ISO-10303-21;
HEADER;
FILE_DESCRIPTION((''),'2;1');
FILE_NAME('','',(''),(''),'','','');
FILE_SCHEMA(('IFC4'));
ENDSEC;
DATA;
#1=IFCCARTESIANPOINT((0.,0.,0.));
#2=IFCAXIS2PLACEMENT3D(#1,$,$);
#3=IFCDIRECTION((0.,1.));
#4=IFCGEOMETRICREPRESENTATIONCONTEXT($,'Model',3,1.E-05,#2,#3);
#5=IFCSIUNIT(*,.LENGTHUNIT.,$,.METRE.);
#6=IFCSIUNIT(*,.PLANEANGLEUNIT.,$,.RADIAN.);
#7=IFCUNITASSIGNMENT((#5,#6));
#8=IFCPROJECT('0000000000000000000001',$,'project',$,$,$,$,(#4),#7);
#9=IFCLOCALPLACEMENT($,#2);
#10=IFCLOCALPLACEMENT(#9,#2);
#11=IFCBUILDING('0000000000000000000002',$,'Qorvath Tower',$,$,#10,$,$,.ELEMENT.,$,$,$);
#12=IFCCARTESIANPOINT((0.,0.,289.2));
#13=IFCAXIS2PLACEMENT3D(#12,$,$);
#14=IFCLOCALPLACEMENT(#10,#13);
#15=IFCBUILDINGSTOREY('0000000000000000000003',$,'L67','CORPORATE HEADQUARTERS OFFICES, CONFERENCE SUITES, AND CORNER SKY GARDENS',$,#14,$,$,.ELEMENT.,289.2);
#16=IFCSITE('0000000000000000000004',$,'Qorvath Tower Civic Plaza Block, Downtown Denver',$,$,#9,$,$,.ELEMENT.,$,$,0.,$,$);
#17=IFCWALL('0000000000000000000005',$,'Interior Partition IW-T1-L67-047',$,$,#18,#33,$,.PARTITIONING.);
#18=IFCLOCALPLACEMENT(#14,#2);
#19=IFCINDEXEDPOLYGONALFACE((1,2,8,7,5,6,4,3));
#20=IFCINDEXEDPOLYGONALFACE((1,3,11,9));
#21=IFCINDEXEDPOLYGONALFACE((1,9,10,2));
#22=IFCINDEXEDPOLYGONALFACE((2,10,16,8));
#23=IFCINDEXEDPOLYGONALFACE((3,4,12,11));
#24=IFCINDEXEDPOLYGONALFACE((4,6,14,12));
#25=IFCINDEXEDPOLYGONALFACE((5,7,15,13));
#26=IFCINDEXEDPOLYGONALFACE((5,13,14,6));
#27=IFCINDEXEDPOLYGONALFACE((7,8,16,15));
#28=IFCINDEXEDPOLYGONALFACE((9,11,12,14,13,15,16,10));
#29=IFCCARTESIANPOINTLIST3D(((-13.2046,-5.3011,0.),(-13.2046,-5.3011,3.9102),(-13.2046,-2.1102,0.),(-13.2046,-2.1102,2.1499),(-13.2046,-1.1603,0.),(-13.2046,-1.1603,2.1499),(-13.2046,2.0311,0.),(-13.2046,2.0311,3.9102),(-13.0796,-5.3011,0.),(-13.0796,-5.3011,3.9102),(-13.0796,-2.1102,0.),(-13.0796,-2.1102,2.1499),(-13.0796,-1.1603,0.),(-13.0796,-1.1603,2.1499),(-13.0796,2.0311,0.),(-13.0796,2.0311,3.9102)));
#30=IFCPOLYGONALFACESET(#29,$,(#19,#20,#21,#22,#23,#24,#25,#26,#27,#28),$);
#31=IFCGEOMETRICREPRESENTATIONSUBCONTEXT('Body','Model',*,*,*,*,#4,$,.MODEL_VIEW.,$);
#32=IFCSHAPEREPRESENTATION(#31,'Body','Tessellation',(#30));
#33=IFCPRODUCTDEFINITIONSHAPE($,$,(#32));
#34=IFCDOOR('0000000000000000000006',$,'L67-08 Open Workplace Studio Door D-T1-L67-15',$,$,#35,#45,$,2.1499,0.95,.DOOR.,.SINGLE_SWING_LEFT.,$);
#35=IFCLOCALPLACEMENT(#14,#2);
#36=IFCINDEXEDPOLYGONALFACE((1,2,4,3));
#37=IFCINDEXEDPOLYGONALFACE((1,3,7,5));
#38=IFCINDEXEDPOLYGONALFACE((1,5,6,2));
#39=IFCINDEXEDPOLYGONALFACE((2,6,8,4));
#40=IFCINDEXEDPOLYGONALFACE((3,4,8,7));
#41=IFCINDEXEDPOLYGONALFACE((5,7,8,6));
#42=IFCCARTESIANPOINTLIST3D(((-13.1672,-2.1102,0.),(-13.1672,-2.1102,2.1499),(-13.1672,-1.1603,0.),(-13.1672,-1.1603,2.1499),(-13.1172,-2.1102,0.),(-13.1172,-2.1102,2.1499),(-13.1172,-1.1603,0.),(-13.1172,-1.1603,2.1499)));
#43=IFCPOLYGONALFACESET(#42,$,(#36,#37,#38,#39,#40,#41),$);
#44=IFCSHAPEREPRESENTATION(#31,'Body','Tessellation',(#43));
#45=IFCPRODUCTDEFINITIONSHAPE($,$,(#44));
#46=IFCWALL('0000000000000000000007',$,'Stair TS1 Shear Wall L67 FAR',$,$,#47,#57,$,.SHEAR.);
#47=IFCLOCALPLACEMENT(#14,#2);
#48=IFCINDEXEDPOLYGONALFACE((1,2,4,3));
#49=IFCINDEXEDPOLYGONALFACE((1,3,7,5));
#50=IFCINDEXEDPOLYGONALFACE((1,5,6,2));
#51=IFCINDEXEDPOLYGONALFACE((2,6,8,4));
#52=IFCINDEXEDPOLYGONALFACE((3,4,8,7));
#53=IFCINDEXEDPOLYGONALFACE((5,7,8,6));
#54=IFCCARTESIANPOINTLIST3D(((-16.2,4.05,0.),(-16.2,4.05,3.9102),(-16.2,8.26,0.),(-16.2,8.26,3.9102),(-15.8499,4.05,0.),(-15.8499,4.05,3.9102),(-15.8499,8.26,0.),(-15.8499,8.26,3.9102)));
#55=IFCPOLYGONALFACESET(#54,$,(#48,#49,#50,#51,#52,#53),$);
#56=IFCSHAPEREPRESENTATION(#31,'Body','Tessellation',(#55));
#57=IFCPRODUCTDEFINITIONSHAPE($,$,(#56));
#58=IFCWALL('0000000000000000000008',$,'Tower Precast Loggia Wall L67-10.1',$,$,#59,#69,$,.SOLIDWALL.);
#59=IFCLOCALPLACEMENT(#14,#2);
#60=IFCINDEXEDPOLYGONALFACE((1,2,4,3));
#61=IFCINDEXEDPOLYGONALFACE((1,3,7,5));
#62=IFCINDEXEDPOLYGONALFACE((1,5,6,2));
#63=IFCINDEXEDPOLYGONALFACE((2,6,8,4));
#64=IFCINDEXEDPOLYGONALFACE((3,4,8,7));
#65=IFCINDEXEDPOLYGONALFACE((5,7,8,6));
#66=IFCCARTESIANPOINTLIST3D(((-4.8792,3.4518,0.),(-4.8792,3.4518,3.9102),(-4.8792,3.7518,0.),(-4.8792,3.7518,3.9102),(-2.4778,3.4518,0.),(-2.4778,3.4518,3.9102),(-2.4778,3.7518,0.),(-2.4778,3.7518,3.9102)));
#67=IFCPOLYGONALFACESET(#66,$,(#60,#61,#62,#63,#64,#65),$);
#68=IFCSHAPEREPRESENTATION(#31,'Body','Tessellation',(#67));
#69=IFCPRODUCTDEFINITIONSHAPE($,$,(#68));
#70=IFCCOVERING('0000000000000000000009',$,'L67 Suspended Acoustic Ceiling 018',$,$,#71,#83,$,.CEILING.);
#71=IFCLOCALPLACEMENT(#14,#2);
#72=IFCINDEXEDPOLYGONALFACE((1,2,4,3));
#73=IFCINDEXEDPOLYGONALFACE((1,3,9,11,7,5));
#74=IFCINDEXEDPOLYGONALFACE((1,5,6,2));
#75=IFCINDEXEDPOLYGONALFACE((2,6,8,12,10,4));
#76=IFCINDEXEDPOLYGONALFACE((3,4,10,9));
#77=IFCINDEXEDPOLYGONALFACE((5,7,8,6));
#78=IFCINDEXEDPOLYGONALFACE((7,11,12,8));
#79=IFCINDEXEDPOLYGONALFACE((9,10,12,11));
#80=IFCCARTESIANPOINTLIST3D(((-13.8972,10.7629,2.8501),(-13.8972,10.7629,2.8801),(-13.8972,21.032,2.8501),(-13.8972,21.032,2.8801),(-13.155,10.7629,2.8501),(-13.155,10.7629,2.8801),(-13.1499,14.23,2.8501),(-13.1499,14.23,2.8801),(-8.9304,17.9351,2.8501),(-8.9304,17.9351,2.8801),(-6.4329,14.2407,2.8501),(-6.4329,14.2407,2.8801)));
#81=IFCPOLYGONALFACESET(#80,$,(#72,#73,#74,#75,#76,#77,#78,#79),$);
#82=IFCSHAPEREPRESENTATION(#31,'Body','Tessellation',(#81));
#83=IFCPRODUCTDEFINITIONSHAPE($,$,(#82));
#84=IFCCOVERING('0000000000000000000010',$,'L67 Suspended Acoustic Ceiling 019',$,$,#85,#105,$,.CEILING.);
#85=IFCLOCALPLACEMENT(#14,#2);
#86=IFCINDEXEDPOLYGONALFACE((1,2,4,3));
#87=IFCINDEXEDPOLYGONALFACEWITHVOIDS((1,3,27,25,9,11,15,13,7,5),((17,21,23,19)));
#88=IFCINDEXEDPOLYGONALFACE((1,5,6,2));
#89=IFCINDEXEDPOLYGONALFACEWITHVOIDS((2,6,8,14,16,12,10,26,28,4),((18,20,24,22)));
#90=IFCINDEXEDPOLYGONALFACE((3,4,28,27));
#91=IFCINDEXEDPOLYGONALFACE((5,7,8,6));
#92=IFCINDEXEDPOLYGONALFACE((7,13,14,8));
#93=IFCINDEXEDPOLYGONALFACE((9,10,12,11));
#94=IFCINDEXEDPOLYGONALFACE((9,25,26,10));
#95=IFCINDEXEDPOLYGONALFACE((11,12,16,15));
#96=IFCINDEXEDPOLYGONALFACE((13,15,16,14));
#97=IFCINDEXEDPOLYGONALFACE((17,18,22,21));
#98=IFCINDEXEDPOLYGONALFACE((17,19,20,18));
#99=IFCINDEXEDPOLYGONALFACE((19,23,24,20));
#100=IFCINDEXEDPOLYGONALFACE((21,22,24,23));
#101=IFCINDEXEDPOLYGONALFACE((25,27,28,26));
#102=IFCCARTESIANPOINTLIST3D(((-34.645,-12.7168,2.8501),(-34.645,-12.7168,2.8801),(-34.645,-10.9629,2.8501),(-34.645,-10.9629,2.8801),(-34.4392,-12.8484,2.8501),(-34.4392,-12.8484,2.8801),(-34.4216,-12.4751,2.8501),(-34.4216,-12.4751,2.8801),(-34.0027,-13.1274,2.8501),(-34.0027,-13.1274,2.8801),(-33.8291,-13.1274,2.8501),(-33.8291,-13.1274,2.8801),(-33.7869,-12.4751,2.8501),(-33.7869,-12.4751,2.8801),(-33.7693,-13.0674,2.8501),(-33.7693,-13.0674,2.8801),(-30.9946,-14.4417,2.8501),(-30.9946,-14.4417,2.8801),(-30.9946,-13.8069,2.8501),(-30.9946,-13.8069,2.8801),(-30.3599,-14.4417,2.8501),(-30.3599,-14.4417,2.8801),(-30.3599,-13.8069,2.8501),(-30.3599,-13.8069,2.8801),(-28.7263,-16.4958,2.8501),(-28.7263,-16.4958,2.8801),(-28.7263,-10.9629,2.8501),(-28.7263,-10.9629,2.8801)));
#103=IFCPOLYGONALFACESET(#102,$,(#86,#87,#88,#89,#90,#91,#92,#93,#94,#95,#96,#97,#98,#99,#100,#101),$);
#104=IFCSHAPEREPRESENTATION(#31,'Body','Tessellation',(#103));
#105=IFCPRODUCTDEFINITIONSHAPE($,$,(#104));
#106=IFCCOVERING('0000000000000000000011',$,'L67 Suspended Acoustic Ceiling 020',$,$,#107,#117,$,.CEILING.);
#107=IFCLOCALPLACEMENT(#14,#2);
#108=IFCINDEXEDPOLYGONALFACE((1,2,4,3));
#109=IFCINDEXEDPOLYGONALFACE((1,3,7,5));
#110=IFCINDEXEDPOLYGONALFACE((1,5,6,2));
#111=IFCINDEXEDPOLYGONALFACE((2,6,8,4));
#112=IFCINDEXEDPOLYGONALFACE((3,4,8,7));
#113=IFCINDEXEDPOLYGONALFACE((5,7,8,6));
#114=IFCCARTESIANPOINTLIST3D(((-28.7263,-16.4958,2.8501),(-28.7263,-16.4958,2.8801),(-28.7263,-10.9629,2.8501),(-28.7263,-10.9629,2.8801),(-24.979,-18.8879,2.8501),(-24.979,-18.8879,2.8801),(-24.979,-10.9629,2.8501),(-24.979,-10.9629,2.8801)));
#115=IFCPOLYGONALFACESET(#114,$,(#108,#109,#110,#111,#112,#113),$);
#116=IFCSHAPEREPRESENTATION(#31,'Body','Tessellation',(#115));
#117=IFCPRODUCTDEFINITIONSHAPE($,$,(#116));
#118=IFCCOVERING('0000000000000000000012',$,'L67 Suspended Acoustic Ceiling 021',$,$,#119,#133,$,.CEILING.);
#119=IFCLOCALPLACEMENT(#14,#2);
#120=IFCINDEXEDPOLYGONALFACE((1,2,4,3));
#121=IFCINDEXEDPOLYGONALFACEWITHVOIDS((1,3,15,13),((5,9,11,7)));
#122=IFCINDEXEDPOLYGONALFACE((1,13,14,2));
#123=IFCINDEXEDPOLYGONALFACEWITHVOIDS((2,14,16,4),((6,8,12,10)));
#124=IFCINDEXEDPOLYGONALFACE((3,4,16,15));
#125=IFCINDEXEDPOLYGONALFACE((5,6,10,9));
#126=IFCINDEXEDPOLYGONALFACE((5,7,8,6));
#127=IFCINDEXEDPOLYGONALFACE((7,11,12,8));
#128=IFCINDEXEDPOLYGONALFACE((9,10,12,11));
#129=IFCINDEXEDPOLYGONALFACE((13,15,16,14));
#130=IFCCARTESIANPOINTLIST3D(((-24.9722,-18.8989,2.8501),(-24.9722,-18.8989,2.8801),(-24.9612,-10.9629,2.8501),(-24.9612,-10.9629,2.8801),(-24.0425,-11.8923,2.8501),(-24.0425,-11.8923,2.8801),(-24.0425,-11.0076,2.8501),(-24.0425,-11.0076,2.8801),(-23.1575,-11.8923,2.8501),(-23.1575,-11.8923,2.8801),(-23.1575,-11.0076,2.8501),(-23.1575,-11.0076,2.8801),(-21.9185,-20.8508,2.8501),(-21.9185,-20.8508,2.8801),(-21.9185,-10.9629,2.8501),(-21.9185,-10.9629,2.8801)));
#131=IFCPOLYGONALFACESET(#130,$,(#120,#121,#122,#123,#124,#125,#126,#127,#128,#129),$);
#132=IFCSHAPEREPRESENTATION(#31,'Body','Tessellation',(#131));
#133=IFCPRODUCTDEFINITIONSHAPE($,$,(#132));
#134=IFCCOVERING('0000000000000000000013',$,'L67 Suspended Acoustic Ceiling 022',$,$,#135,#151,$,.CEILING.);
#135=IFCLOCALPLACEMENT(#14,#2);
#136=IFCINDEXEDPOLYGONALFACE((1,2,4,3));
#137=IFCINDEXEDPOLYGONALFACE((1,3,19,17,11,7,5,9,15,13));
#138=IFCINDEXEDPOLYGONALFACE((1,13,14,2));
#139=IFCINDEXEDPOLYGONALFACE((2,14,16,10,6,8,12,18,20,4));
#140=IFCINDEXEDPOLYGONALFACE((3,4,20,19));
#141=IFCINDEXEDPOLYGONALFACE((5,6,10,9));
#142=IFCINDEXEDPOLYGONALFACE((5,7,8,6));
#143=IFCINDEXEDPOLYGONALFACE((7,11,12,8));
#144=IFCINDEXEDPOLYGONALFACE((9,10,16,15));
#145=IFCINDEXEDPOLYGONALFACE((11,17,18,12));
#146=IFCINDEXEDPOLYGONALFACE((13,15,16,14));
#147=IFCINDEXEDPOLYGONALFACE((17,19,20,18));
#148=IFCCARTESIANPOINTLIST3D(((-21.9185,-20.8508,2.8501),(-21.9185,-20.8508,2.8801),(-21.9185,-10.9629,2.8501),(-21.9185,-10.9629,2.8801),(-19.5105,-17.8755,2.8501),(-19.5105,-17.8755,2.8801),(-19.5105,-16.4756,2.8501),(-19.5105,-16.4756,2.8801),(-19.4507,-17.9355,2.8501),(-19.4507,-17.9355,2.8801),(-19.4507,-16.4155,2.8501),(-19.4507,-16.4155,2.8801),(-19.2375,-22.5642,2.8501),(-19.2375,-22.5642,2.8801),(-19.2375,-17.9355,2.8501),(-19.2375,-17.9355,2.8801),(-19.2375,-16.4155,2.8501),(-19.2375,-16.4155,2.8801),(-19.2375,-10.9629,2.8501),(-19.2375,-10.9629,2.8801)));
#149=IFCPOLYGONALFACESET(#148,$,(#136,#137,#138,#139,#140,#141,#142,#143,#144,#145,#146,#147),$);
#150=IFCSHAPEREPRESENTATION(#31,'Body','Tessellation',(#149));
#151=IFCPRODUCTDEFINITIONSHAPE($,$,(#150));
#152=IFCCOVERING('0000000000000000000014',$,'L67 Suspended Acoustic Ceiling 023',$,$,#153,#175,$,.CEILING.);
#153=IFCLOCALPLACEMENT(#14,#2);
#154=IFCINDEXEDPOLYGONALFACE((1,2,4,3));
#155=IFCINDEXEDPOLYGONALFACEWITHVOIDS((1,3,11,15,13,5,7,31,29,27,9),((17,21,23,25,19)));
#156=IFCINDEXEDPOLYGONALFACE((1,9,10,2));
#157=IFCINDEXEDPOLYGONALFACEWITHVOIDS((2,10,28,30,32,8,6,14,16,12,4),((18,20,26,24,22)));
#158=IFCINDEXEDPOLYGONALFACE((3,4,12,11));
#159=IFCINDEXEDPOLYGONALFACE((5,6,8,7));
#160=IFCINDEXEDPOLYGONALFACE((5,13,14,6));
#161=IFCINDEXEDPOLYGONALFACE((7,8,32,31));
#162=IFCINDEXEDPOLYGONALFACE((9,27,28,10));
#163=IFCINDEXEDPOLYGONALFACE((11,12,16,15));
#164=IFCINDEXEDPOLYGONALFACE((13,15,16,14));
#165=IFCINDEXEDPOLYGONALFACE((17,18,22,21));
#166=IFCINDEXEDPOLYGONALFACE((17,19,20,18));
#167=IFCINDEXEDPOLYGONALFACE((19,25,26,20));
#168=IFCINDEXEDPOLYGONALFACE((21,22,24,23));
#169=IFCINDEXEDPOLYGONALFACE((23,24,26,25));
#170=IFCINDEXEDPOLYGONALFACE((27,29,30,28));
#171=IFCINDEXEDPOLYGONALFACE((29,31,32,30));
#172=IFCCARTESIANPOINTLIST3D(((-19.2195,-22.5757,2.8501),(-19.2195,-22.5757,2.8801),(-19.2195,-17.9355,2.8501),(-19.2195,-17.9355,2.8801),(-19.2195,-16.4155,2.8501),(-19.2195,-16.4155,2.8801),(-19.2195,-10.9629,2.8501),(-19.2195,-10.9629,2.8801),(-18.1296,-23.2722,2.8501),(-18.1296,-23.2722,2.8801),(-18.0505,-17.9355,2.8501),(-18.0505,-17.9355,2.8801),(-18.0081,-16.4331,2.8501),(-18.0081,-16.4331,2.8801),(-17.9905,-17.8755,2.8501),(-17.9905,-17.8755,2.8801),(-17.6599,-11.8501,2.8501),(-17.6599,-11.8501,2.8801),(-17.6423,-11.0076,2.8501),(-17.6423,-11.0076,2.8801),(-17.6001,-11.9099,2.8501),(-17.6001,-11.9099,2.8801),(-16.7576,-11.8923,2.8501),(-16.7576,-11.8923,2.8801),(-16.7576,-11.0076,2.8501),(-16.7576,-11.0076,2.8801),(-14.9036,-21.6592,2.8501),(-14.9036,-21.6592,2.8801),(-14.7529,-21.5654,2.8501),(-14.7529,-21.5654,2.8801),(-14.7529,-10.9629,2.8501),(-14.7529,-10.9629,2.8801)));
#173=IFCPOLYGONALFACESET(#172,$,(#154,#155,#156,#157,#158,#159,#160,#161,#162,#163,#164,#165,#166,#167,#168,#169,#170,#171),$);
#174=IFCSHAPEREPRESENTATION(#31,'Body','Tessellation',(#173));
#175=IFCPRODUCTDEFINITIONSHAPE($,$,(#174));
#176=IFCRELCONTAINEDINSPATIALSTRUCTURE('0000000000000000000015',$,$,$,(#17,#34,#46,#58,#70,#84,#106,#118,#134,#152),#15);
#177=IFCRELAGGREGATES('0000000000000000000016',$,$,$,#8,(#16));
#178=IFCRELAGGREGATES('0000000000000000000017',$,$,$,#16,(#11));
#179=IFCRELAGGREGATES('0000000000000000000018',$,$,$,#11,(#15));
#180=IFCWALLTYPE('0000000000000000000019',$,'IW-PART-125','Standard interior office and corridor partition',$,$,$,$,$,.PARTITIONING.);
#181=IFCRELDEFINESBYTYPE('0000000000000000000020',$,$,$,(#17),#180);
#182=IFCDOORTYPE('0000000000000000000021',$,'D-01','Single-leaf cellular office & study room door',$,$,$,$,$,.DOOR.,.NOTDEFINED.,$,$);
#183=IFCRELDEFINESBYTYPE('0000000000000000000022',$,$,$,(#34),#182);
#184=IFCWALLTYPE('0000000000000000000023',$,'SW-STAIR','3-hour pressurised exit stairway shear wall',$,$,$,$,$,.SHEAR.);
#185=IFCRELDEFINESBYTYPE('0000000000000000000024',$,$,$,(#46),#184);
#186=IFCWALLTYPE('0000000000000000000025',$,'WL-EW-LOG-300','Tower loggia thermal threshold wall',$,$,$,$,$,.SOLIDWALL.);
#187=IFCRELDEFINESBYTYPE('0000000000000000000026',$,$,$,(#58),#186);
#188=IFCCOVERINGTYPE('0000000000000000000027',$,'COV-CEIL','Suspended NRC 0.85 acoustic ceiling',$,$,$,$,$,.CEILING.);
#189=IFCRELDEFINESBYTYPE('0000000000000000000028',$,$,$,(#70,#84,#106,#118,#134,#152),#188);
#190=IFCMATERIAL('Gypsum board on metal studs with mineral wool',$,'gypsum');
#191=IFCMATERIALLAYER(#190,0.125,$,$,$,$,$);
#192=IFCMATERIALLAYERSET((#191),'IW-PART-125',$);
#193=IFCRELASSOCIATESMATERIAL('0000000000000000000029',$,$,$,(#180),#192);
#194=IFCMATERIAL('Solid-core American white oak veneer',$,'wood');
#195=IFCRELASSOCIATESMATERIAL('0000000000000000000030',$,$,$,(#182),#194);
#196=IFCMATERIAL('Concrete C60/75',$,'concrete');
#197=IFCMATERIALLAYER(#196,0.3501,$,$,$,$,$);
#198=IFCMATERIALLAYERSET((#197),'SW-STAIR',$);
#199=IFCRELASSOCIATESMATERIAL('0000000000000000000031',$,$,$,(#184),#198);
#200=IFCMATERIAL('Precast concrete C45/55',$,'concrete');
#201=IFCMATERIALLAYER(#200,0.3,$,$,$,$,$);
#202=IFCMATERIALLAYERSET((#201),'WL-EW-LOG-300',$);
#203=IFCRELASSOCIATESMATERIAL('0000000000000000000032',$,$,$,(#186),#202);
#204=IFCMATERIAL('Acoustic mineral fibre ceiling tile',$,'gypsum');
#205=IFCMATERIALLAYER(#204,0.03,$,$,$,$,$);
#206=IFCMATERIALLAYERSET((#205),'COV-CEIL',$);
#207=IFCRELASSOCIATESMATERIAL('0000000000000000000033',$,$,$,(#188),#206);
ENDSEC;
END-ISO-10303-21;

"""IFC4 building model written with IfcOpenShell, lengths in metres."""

from ifc_helpers import new_model, si_unit, direction, frame, frame_2d, origin, place, context, subcontext, project, spatial, polyline, rectangle, outline, extrude, material, layer, layer_set, type_object, element, fill, save


model = new_model("IFC4")

# Units and contexts
model_context = context("Model", 3, precision=1e-05, world=origin(), true_north=direction((0.0, 1.0)))
body_context = subcontext(model_context, "Body", "Model", "MODEL_VIEW")
ifc_project = project(units=[si_unit("LENGTHUNIT", "METRE"), si_unit("PLANEANGLEUNIT", "RADIAN")], contexts=[model_context])

# Site, building, storey
site_placement = place(None, origin())
site = spatial("IfcSite", under=ifc_project, at=site_placement, Name="Qorvath Tower Civic Plaza Block, Downtown Denver", CompositionType="ELEMENT", RefElevation=0.0)
building_placement = place(site_placement, origin())
building = spatial("IfcBuilding", under=site, at=building_placement, Name="Qorvath Tower", CompositionType="ELEMENT")
storey_placement = place(building_placement, frame((0.0, 0.0, 289.2)))
storey = spatial("IfcBuildingStorey", under=building, at=storey_placement, Name="L67", Description="CORPORATE HEADQUARTERS OFFICES, CONFERENCE SUITES, AND CORNER SKY GARDENS", CompositionType="ELEMENT", Elevation=289.2)

# Shared definitions
ifc_material_1 = material(Name="Gypsum board on metal studs with mineral wool", Category="gypsum")
ifc_layer_1 = layer(ifc_material_1, 0.125)
ifc_layer_set_1 = layer_set([ifc_layer_1], Name="IW-PART-125")
wall_type_1 = type_object("IfcWallType", Name="IW-PART-125", Description="Standard interior office and corridor partition", PredefinedType="PARTITIONING", material=ifc_layer_set_1)

# Wall, opening, door
wall_1_placement = place(storey_placement, frame((-13.1421, 2.031, 0.0), z_axis=(0.0, 0.0, 1.0), x_axis=(0.0, -1.0, 0.0)))
wall_1 = element("IfcWall", 1, at=wall_1_placement, inside=storey, type_object=wall_type_1, Name="Interior Partition IW-T1-L67-047", PredefinedType="PARTITIONING", context=body_context, shape_type="SweptSolid", body=[
    extrude(rectangle(XDim=7.3323, YDim=0.125, at=frame_2d((3.666, 0.0))), origin(), (0.0, 0.0, 1.0), 3.9102),
])
opening_placement = place(wall_1_placement, frame((3.1912, 0.0, 0.0)))
opening = element("IfcOpeningElement", 2, at=opening_placement, cuts=wall_1, PredefinedType="OPENING", context=body_context, shape_type="SweptSolid", body=[
    extrude(rectangle(XDim=0.95, YDim=2.1499, at=frame_2d((0.4751, 1.075))), frame((0.0, 0.0725, 0.0), z_axis=(0.0, -1.0, 0.0), x_axis=(1.0, 0.0, 0.0)), (0.0, 0.0, 1.0), 0.145),
])
ifc_material_2 = material(Name="Solid-core American white oak veneer", Category="wood")
door_type = type_object("IfcDoorType", Name="D-01", Description="Single-leaf cellular office & study room door", OperationType="NOTDEFINED", PredefinedType="DOOR", material=ifc_material_2)
door_placement = place(opening_placement, origin())
door = element("IfcDoor", 3, at=door_placement, inside=storey, type_object=door_type, Name="L67-08 Open Workplace Studio Door D-T1-L67-15", OperationType="SINGLE_SWING_LEFT", OverallHeight=2.1499, OverallWidth=0.95, PredefinedType="DOOR", context=body_context, shape_type="SweptSolid", body=[
    extrude(rectangle(XDim=0.95, YDim=2.1499, at=frame_2d((0.4751, 1.075))), frame((0.0, 0.0249, 0.0), z_axis=(0.0, -1.0, 0.0), x_axis=(1.0, 0.0, 0.0)), (0.0, 0.0, 1.0), 0.05),
])
fill(opening, door)

# Walls
ifc_material_3 = material(Name="Concrete C60/75", Category="concrete")
ifc_layer_2 = layer(ifc_material_3, 0.3501)
ifc_layer_set_2 = layer_set([ifc_layer_2], Name="SW-STAIR")
wall_type_2 = type_object("IfcWallType", Name="SW-STAIR", Description="3-hour pressurised exit stairway shear wall", PredefinedType="SHEAR", material=ifc_layer_set_2)
wall_2_placement = place(storey_placement, frame((-16.0249, 4.05, 0.0), z_axis=(0.0, 0.0, 1.0), x_axis=(0.0, 1.0, 0.0)))
element("IfcWall", 4, at=wall_2_placement, inside=storey, type_object=wall_type_2, Name="Stair TS1 Shear Wall L67 FAR", PredefinedType="SHEAR", context=body_context, shape_type="SweptSolid", body=[
    extrude(rectangle(XDim=4.21, YDim=0.3501, at=frame_2d((2.105, 0.0))), origin(), (0.0, 0.0, 1.0), 3.9102),
])
ifc_material_4 = material(Name="Precast concrete C45/55", Category="concrete")
ifc_layer_3 = layer(ifc_material_4, 0.3)
ifc_layer_set_3 = layer_set([ifc_layer_3], Name="WL-EW-LOG-300")
wall_type_3 = type_object("IfcWallType", Name="WL-EW-LOG-300", Description="Tower loggia thermal threshold wall", PredefinedType="SOLIDWALL", material=ifc_layer_set_3)
wall_3_placement = place(storey_placement, frame((-4.8792, 3.6018, 0.0), z_axis=(0.0, 0.0, 1.0), x_axis=(1.0, 0.0, 0.0)))
element("IfcWall", 5, at=wall_3_placement, inside=storey, type_object=wall_type_3, Name="Tower Precast Loggia Wall L67-10.1", PredefinedType="SOLIDWALL", context=body_context, shape_type="SweptSolid", body=[
    extrude(rectangle(XDim=2.4014, YDim=0.3, at=frame_2d((1.2007, 0.0))), origin(), (0.0, 0.0, 1.0), 3.9102),
])

# Coverings
ifc_material_5 = material(Name="Acoustic mineral fibre ceiling tile", Category="gypsum")
ifc_layer_4 = layer(ifc_material_5, 0.03)
ifc_layer_set_4 = layer_set([ifc_layer_4], Name="COV-CEIL")
covering_type_1 = type_object("IfcCoveringType", Name="COV-CEIL", Description="Suspended NRC 0.85 acoustic ceiling", PredefinedType="CEILING", material=ifc_layer_set_4)
covering_1_placement = place(storey_placement, frame((0.0, 0.0, 2.8501)))
element("IfcCovering", 6, at=covering_1_placement, inside=storey, type_object=covering_type_1, Name="L67 Suspended Acoustic Ceiling 018", PredefinedType="CEILING", context=body_context, shape_type="SweptSolid", body=[
    extrude(outline(polyline([(-6.4329, 14.2407), (-8.9304, 17.9351), (-13.8972, 21.032), (-13.8972, 10.7629), (-13.155, 10.7629), (-13.1499, 14.23), (-6.4329, 14.2407)])), origin(), (0.0, 0.0, 1.0), 0.03),
])
covering_2_placement = place(storey_placement, frame((0.0, 0.0, 2.8501)))
element("IfcCovering", 7, at=covering_2_placement, inside=storey, type_object=covering_type_1, Name="L67 Suspended Acoustic Ceiling 019", PredefinedType="CEILING", context=body_context, shape_type="SweptSolid", body=[
    extrude(outline(polyline([(-34.0027, -13.1274), (-28.7263, -16.4958), (-28.7263, -10.9629), (-34.645, -10.9629), (-34.645, -12.7168), (-34.4392, -12.8484), (-34.4216, -12.4751), (-33.7869, -12.4751), (-33.7693, -13.0674), (-33.8291, -13.1274), (-34.0027, -13.1274)]), holes=[polyline([(-30.9946, -14.4417), (-30.9946, -13.8069), (-30.3599, -13.8069), (-30.3599, -14.4417), (-30.9946, -14.4417)])]), origin(), (0.0, 0.0, 1.0), 0.03),
])
covering_3_placement = place(storey_placement, frame((0.0, 0.0, 2.8501)))
element("IfcCovering", 8, at=covering_3_placement, inside=storey, type_object=covering_type_1, Name="L67 Suspended Acoustic Ceiling 020", PredefinedType="CEILING", context=body_context, shape_type="SweptSolid", body=[
    extrude(outline(polyline([(-28.7263, -10.9629), (-28.7263, -16.4958), (-24.979, -18.8879), (-24.979, -10.9629), (-28.7263, -10.9629)])), origin(), (0.0, 0.0, 1.0), 0.03),
])
covering_4_placement = place(storey_placement, frame((0.0, 0.0, 2.8501)))
element("IfcCovering", 9, at=covering_4_placement, inside=storey, type_object=covering_type_1, Name="L67 Suspended Acoustic Ceiling 021", PredefinedType="CEILING", context=body_context, shape_type="SweptSolid", body=[
    extrude(outline(polyline([(-24.9722, -18.8989), (-21.9185, -20.8508), (-21.9185, -10.9629), (-24.9612, -10.9629), (-24.9722, -18.8989)]), holes=[polyline([(-24.0425, -11.8923), (-24.0425, -11.0076), (-23.1575, -11.0076), (-23.1575, -11.8923), (-24.0425, -11.8923)])]), origin(), (0.0, 0.0, 1.0), 0.03),
])
covering_5_placement = place(storey_placement, frame((0.0, 0.0, 2.8501)))
element("IfcCovering", 10, at=covering_5_placement, inside=storey, type_object=covering_type_1, Name="L67 Suspended Acoustic Ceiling 022", PredefinedType="CEILING", context=body_context, shape_type="SweptSolid", body=[
    extrude(outline(polyline([(-21.9185, -10.9629), (-21.9185, -20.8508), (-19.2375, -22.5642), (-19.2375, -17.9355), (-19.4507, -17.9355), (-19.5105, -17.8755), (-19.5105, -16.4756), (-19.4507, -16.4155), (-19.2375, -16.4155), (-19.2375, -10.9629), (-21.9185, -10.9629)])), origin(), (0.0, 0.0, 1.0), 0.03),
])
covering_6_placement = place(storey_placement, frame((0.0, 0.0, 2.8501)))
element("IfcCovering", 11, at=covering_6_placement, inside=storey, type_object=covering_type_1, Name="L67 Suspended Acoustic Ceiling 023", PredefinedType="CEILING", context=body_context, shape_type="SweptSolid", body=[
    extrude(outline(polyline([(-14.7529, -21.5654), (-14.7529, -10.9629), (-19.2195, -10.9629), (-19.2195, -16.4155), (-18.0081, -16.4331), (-17.9905, -17.8755), (-18.0505, -17.9355), (-19.2195, -17.9355), (-19.2195, -22.5757), (-18.1296, -23.2722), (-14.9036, -21.6592), (-14.7529, -21.5654)]), holes=[polyline([(-17.6599, -11.8501), (-17.6423, -11.0076), (-16.7576, -11.0076), (-16.7576, -11.8923), (-17.6001, -11.9099), (-17.6599, -11.8501)])]), origin(), (0.0, 0.0, 1.0), 0.03),
])

save(model, "model.ifc")
